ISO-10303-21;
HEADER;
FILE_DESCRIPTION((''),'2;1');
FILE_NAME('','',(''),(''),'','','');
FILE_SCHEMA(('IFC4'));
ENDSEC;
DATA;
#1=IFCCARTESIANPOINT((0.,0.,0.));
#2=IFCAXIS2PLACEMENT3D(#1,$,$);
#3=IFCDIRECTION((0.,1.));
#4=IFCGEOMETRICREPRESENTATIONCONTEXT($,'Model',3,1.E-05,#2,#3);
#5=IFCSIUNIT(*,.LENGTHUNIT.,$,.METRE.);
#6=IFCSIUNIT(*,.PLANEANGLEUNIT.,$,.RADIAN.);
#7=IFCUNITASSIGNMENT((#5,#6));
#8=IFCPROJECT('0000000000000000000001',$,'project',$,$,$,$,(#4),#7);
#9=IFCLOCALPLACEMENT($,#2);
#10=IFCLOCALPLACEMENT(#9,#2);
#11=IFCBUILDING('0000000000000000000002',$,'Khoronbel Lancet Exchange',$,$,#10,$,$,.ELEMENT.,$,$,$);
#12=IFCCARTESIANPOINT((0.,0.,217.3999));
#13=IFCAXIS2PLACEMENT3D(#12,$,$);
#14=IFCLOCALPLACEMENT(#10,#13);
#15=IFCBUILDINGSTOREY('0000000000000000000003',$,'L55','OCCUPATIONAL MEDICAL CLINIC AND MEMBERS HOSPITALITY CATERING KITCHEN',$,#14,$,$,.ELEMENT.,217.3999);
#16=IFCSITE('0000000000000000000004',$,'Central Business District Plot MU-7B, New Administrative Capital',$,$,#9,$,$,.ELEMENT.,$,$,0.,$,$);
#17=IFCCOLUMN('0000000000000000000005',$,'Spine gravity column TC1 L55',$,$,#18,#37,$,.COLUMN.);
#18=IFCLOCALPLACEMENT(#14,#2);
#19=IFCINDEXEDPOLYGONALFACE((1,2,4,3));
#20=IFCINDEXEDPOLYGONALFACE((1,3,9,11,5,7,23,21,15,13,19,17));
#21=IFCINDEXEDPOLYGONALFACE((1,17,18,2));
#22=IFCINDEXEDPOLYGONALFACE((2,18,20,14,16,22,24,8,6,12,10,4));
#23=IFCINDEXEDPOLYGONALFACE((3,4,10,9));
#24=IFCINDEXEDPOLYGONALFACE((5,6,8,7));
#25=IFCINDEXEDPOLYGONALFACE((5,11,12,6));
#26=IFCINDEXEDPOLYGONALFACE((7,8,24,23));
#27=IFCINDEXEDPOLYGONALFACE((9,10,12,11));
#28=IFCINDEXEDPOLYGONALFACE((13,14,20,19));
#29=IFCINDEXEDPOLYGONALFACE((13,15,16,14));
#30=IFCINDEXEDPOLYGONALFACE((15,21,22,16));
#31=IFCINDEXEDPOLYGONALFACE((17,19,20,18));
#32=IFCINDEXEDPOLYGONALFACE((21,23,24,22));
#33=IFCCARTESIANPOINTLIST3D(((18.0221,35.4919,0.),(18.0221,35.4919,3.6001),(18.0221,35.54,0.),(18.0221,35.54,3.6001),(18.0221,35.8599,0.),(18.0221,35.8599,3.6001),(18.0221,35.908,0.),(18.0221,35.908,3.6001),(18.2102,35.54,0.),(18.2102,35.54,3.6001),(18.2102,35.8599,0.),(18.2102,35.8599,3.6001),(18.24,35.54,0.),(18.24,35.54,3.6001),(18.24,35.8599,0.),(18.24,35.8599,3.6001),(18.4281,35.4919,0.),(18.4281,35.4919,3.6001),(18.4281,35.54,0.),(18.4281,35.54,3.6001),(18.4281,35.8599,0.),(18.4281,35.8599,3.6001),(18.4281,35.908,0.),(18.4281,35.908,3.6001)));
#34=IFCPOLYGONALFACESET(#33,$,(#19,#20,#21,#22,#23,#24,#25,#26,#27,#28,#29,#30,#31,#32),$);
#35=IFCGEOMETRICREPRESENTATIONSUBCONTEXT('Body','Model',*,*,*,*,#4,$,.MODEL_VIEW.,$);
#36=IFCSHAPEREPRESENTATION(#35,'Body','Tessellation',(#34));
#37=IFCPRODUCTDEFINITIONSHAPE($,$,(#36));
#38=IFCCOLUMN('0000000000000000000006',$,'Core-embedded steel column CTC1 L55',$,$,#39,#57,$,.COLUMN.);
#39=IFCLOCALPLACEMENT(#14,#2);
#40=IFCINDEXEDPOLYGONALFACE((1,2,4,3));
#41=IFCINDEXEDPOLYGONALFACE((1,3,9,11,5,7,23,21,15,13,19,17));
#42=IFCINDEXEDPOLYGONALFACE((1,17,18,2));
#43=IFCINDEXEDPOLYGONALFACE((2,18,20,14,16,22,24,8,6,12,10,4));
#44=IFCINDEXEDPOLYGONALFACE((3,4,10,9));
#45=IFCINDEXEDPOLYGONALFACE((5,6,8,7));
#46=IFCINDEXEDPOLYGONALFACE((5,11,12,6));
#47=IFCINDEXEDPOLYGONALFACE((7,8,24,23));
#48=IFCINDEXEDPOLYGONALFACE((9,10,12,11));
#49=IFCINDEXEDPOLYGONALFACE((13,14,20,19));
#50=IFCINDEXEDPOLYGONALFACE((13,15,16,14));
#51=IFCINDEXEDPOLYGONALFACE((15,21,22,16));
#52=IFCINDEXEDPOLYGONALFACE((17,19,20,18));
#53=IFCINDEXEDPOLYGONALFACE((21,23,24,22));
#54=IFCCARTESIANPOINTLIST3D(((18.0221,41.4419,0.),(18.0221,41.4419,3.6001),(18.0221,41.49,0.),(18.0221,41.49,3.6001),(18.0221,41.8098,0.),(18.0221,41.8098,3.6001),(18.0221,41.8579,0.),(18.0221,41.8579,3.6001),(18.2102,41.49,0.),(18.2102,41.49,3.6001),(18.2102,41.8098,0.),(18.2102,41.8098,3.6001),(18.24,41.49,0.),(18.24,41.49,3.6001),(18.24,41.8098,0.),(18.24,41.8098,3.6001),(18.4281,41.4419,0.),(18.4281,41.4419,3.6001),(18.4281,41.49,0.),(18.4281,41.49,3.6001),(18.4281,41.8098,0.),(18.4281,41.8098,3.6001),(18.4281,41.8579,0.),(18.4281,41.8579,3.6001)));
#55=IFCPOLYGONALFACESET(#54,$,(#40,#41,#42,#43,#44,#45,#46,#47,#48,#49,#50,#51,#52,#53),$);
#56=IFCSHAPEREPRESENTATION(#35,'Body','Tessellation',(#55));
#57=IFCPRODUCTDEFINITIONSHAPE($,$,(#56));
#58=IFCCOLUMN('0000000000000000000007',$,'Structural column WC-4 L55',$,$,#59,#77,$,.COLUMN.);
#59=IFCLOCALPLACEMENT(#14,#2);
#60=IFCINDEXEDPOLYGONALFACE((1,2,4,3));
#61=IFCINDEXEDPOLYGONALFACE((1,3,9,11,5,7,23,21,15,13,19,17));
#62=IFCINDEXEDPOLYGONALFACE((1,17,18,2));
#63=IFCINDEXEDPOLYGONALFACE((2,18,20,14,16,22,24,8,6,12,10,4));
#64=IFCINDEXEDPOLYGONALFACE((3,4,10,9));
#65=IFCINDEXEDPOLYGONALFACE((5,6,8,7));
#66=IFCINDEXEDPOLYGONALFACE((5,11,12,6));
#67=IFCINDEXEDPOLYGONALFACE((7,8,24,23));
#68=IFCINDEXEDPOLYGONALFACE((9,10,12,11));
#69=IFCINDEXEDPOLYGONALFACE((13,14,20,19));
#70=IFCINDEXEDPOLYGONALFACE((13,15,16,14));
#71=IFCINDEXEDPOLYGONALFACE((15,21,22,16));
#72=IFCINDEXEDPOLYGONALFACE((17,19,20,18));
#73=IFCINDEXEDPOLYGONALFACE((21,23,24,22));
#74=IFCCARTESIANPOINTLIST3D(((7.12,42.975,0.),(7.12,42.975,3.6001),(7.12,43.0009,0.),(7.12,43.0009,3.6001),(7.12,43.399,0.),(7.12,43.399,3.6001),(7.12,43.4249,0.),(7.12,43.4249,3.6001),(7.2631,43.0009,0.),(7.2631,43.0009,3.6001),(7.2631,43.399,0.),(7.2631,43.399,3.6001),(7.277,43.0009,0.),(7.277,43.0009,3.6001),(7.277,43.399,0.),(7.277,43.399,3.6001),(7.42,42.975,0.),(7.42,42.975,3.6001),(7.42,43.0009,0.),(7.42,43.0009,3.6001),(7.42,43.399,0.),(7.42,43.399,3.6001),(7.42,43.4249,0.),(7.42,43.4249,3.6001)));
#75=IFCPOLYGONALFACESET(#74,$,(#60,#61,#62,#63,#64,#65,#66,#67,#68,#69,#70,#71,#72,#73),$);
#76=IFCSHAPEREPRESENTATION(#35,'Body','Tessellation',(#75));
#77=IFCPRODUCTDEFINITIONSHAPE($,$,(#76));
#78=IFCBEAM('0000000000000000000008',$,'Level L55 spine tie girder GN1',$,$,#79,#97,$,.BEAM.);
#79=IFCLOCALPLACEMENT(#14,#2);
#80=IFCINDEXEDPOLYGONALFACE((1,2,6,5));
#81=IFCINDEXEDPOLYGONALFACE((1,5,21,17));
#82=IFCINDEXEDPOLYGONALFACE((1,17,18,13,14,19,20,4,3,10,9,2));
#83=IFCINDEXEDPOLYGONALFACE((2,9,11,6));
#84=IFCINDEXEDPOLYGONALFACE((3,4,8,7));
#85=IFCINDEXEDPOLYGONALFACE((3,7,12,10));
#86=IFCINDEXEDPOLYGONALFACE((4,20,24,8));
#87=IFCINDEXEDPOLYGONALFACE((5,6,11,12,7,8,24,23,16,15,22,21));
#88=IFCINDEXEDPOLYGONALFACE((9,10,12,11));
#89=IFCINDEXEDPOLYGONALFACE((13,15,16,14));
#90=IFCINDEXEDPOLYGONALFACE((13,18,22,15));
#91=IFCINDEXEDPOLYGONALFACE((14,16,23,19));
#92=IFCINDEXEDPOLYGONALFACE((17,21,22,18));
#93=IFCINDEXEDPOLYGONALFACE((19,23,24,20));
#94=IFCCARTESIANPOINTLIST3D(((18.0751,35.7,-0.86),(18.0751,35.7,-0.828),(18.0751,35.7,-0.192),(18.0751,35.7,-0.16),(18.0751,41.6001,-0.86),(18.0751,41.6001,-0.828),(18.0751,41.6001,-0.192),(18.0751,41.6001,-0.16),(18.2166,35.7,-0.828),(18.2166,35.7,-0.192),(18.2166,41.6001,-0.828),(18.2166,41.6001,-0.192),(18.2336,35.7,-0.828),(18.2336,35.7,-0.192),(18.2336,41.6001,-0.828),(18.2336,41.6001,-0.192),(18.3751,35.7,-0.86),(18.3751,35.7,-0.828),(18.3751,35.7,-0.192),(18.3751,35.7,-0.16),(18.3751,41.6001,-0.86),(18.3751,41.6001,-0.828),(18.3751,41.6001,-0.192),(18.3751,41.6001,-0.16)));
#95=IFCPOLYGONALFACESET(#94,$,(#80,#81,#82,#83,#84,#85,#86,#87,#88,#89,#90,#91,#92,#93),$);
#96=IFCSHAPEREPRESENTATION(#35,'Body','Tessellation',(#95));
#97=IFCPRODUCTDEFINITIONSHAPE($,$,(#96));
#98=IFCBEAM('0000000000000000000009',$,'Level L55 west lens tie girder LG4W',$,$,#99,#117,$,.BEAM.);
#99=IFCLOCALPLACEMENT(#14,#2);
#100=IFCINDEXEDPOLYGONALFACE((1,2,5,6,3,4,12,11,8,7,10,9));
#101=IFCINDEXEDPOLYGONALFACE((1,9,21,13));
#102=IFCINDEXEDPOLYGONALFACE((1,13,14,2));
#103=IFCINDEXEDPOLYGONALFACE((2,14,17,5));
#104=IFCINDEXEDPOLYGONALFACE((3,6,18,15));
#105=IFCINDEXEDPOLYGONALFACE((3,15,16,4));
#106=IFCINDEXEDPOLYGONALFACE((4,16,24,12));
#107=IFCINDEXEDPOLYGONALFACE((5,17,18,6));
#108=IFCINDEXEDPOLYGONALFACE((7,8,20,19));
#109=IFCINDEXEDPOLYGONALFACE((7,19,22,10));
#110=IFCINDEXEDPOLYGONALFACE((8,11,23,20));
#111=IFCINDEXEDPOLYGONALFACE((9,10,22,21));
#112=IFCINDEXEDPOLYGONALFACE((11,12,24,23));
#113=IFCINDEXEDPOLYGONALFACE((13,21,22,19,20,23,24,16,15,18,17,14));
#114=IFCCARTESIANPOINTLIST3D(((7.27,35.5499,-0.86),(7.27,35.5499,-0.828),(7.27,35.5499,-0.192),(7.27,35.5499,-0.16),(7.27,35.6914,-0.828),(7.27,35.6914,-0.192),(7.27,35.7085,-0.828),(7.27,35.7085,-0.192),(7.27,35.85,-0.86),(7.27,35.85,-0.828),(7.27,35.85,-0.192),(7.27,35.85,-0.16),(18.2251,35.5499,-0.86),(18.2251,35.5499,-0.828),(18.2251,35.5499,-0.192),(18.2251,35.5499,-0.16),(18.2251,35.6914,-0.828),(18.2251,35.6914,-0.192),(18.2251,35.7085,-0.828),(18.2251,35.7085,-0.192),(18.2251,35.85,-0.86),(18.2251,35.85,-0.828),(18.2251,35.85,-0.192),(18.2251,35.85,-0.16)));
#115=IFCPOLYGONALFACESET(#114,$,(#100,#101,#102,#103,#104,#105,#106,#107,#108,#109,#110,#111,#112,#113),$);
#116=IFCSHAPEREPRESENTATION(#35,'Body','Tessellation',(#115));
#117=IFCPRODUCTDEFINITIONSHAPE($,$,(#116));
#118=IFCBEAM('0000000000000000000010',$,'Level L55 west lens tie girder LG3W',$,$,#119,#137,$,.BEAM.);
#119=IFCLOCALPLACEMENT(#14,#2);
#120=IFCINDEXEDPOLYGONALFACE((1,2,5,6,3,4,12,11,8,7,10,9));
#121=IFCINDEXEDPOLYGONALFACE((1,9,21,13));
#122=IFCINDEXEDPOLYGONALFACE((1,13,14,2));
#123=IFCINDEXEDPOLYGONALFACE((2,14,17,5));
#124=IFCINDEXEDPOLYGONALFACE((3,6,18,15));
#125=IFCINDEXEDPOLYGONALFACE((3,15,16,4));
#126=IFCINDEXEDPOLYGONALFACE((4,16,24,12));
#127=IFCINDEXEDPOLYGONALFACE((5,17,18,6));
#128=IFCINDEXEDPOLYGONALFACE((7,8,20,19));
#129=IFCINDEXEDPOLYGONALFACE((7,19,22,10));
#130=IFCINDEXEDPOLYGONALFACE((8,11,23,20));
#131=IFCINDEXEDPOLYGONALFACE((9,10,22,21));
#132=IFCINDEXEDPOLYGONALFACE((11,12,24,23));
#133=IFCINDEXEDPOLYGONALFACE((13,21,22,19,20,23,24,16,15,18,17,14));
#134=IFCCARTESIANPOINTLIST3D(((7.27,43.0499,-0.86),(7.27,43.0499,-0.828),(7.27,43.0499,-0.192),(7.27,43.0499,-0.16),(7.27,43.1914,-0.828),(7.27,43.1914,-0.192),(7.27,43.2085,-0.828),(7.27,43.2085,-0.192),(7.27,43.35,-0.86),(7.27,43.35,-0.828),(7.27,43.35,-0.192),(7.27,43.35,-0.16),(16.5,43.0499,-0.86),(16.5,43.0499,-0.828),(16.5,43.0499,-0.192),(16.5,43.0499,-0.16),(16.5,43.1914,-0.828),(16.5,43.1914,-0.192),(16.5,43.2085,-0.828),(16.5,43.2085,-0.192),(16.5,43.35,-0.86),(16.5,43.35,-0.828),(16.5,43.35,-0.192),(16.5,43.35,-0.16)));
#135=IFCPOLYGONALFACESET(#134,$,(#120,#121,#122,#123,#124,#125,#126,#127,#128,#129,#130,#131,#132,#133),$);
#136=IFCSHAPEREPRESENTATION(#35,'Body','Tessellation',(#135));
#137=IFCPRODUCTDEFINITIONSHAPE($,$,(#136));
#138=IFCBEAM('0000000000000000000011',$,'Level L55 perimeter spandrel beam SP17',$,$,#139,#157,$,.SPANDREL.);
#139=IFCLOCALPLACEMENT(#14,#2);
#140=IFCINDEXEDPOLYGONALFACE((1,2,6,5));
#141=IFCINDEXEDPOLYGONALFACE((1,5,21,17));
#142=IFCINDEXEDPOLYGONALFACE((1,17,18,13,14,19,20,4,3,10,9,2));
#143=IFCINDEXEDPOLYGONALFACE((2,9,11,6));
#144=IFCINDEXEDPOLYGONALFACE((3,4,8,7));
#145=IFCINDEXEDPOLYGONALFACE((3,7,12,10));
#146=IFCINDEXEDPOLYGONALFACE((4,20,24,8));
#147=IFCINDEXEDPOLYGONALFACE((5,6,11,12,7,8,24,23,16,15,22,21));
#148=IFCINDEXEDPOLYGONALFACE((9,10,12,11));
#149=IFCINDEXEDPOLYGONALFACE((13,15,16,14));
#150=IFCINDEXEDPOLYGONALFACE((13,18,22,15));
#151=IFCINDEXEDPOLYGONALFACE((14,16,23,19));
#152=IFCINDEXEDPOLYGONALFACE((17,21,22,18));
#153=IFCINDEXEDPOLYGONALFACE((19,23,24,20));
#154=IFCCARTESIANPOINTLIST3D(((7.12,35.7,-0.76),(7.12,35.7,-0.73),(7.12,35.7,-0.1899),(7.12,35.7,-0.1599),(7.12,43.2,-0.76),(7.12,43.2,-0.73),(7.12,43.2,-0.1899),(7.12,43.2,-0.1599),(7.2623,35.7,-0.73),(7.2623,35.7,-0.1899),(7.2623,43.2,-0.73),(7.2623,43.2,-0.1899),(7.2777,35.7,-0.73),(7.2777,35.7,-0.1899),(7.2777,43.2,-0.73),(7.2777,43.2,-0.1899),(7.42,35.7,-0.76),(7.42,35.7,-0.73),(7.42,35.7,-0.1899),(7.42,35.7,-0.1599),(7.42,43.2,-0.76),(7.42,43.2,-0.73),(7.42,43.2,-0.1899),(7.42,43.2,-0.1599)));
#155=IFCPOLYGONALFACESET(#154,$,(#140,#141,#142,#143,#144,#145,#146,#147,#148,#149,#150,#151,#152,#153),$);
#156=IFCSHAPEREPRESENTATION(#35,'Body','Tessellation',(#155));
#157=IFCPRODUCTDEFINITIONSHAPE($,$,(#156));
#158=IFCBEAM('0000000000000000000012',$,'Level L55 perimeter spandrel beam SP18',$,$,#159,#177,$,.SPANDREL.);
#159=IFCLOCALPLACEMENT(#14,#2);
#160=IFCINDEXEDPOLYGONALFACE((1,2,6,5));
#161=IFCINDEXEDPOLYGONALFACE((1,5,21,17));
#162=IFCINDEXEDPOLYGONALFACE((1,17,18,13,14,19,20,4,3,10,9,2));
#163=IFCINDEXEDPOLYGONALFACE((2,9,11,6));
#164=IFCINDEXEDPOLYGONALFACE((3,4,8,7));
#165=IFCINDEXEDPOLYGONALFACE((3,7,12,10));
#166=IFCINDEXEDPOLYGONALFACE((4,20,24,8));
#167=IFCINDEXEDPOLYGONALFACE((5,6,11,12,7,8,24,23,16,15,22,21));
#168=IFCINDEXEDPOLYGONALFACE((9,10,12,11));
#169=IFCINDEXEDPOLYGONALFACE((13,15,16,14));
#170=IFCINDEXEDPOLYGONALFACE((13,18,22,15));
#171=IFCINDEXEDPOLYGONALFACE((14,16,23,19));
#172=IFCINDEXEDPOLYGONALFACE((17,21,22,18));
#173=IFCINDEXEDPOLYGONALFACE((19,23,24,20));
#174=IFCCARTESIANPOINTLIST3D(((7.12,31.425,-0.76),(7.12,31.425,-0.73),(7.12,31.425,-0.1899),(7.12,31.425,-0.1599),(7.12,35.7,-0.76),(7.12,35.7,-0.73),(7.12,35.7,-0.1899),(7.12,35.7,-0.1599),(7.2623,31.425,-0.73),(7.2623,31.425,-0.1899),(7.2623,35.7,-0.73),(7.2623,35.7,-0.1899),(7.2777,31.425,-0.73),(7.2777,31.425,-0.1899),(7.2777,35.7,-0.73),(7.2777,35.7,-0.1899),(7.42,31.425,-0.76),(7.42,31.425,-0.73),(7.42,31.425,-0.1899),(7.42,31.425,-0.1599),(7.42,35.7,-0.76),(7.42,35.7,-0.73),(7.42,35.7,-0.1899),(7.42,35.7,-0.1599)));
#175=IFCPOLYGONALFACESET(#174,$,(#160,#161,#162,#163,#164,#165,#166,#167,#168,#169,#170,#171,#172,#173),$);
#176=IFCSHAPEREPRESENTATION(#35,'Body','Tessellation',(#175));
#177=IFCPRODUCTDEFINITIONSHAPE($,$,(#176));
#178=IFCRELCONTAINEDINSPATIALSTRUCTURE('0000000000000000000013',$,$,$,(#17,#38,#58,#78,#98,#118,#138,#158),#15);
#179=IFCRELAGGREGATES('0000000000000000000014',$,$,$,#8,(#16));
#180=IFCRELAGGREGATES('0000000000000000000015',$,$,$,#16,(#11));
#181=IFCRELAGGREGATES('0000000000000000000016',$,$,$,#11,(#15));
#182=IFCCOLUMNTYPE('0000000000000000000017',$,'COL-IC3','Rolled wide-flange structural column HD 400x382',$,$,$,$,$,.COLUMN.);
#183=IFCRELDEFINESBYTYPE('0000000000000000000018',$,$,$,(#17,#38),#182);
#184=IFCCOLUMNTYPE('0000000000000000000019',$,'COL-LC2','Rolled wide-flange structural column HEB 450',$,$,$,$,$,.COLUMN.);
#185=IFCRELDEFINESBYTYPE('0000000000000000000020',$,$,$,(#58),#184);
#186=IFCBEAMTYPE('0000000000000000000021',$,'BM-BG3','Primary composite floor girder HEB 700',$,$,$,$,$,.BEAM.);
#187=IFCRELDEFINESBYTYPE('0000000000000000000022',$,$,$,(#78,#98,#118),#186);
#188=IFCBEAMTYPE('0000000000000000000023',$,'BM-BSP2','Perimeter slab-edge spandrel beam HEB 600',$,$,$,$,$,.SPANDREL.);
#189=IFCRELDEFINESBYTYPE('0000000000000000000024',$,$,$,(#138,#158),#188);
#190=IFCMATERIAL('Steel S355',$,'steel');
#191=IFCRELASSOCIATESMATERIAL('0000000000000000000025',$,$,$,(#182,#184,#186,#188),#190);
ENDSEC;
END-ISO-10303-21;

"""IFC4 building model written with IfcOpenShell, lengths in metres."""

from ifc_helpers import new_model, si_unit, direction, frame, origin, origin_2d, place, context, subcontext, project, spatial, i_section, extrude, material, material_profile, profile_set, type_object, element, save


model = new_model("IFC4")

# Units and contexts
model_context = context("Model", 3, precision=1e-05, world=origin(), true_north=direction((0.0, 1.0)))
body_context = subcontext(model_context, "Body", "Model", "MODEL_VIEW")
ifc_project = project(units=[si_unit("LENGTHUNIT", "METRE"), si_unit("PLANEANGLEUNIT", "RADIAN")], contexts=[model_context])

# Site, building, storey
site_placement = place(None, origin())
site = spatial("IfcSite", under=ifc_project, at=site_placement, Name="Central Business District Plot MU-7B, New Administrative Capital", CompositionType="ELEMENT", RefElevation=0.0)
building_placement = place(site_placement, origin())
building = spatial("IfcBuilding", under=site, at=building_placement, Name="Khoronbel Lancet Exchange", CompositionType="ELEMENT")
storey_placement = place(building_placement, frame((0.0, 0.0, 217.3999)))
storey = spatial("IfcBuildingStorey", under=building, at=storey_placement, Name="L55", Description="OCCUPATIONAL MEDICAL CLINIC AND MEMBERS HOSPITALITY CATERING KITCHEN", CompositionType="ELEMENT", Elevation=217.3999)

# Columns
ifc_material_1 = material(Name="Steel S355", Category="steel")
ifc_material_profile_1 = material_profile(ifc_material_1, i_section(OverallWidth=0.406, OverallDepth=0.416, WebThickness=0.0298, FlangeThickness=0.0481, at=origin_2d()), Name="HD 400x382")
ifc_profile_set_1 = profile_set([ifc_material_profile_1], Name="Steel S355")
column_type_1 = type_object("IfcColumnType", Name="COL-IC3", Description="Rolled wide-flange structural column HD 400x382", PredefinedType="COLUMN", material=ifc_profile_set_1)
for number, where, z_axis, x_axis, name in (
    (1, (18.2251, 35.7, 0.0), (0.0, 0.0, 1.0), (1.0, 0.0, 0.0), "Spine gravity column TC1 L55"),
    (2, (18.2251, 41.6499, 0.0), (0.0, 0.0, 1.0), (1.0, 0.0, 0.0), "Core-embedded steel column CTC1 L55"),
):
    element("IfcColumn", number, at=place(storey_placement, frame(where, z_axis=z_axis, x_axis=x_axis)), inside=storey, type_object=column_type_1, Name=name, PredefinedType="COLUMN", context=body_context, shape_type="SweptSolid", body=[
        extrude(i_section(OverallWidth=0.406, OverallDepth=0.416, WebThickness=0.0298, FlangeThickness=0.0481, at=origin_2d()), origin(), (0.0, 0.0, 1.0), 3.6001),
    ])
ifc_material_profile_2 = material_profile(ifc_material_1, i_section(OverallWidth=0.3, OverallDepth=0.45, WebThickness=0.0139, FlangeThickness=0.0259, at=origin_2d()), Name="HEB 450")
ifc_profile_set_2 = profile_set([ifc_material_profile_2], Name="Steel S355")
column_type_2 = type_object("IfcColumnType", Name="COL-LC2", Description="Rolled wide-flange structural column HEB 450", PredefinedType="COLUMN", material=ifc_profile_set_2)
column_placement = place(storey_placement, frame((7.27, 43.2, 0.0), z_axis=(0.0, 0.0, 1.0), x_axis=(1.0, 0.0, 0.0)))
element("IfcColumn", 3, at=column_placement, inside=storey, type_object=column_type_2, Name="Structural column WC-4 L55", PredefinedType="COLUMN", context=body_context, shape_type="SweptSolid", body=[
    extrude(i_section(OverallWidth=0.3, OverallDepth=0.45, WebThickness=0.0139, FlangeThickness=0.0259, at=origin_2d()), origin(), (0.0, 0.0, 1.0), 3.6001),
])

# Beams
ifc_material_profile_3 = material_profile(ifc_material_1, i_section(OverallWidth=0.3, OverallDepth=0.7, WebThickness=0.0171, FlangeThickness=0.032, at=origin_2d()), Name="HEB 700")
ifc_profile_set_3 = profile_set([ifc_material_profile_3], Name="Steel S355")
beam_type_1 = type_object("IfcBeamType", Name="BM-BG3", Description="Primary composite floor girder HEB 700", PredefinedType="BEAM", material=ifc_profile_set_3)
beam_1_placement = place(storey_placement, frame((18.2251, 35.7, -0.51), z_axis=(0.0, 1.0, 0.0), x_axis=(-1.0, 0.0, 0.0)))
element("IfcBeam", 4, at=beam_1_placement, inside=storey, type_object=beam_type_1, Name="Level L55 spine tie girder GN1", PredefinedType="BEAM", context=body_context, shape_type="SweptSolid", body=[
    extrude(i_section(OverallWidth=0.3, OverallDepth=0.7, WebThickness=0.0171, FlangeThickness=0.032, at=origin_2d()), origin(), (0.0, 0.0, 1.0), 5.9001),
])
beam_2_placement = place(storey_placement, frame((7.27, 35.7, -0.51), z_axis=(1.0, 0.0, 0.0), x_axis=(0.0, 1.0, 0.0)))
element("IfcBeam", 5, at=beam_2_placement, inside=storey, type_object=beam_type_1, Name="Level L55 west lens tie girder LG4W", PredefinedType="BEAM", context=body_context, shape_type="SweptSolid", body=[
    extrude(i_section(OverallWidth=0.3, OverallDepth=0.7, WebThickness=0.0171, FlangeThickness=0.032, at=origin_2d()), origin(), (0.0, 0.0, 1.0), 10.9551),
])
beam_3_placement = place(storey_placement, frame((7.27, 43.2, -0.51), z_axis=(1.0, 0.0, 0.0), x_axis=(0.0, 1.0, 0.0)))
element("IfcBeam", 6, at=beam_3_placement, inside=storey, type_object=beam_type_1, Name="Level L55 west lens tie girder LG3W", PredefinedType="BEAM", context=body_context, shape_type="SweptSolid", body=[
    extrude(i_section(OverallWidth=0.3, OverallDepth=0.7, WebThickness=0.0171, FlangeThickness=0.032, at=origin_2d()), origin(), (0.0, 0.0, 1.0), 9.23),
])
ifc_material_profile_4 = material_profile(ifc_material_1, i_section(OverallWidth=0.3, OverallDepth=0.6001, WebThickness=0.0154, FlangeThickness=0.03, at=origin_2d()), Name="HEB 600")
ifc_profile_set_4 = profile_set([ifc_material_profile_4], Name="Steel S355")
beam_type_2 = type_object("IfcBeamType", Name="BM-BSP2", Description="Perimeter slab-edge spandrel beam HEB 600", PredefinedType="SPANDREL", material=ifc_profile_set_4)
beam_4_placement = place(storey_placement, frame((7.27, 43.2, -0.46), z_axis=(0.0, -1.0, 0.0), x_axis=(1.0, 0.0, 0.0)))
element("IfcBeam", 7, at=beam_4_placement, inside=storey, type_object=beam_type_2, Name="Level L55 perimeter spandrel beam SP17", PredefinedType="SPANDREL", context=body_context, shape_type="SweptSolid", body=[
    extrude(i_section(OverallWidth=0.3, OverallDepth=0.6001, WebThickness=0.0154, FlangeThickness=0.03, at=origin_2d()), origin(), (0.0, 0.0, 1.0), 7.5),
])
beam_5_placement = place(storey_placement, frame((7.27, 35.7, -0.46), z_axis=(0.0, -1.0, 0.0), x_axis=(1.0, 0.0, 0.0)))
element("IfcBeam", 8, at=beam_5_placement, inside=storey, type_object=beam_type_2, Name="Level L55 perimeter spandrel beam SP18", PredefinedType="SPANDREL", context=body_context, shape_type="SweptSolid", body=[
    extrude(i_section(OverallWidth=0.3, OverallDepth=0.6001, WebThickness=0.0154, FlangeThickness=0.03, at=origin_2d()), origin(), (0.0, 0.0, 1.0), 4.2749),
])

save(model, "model.ifc")
